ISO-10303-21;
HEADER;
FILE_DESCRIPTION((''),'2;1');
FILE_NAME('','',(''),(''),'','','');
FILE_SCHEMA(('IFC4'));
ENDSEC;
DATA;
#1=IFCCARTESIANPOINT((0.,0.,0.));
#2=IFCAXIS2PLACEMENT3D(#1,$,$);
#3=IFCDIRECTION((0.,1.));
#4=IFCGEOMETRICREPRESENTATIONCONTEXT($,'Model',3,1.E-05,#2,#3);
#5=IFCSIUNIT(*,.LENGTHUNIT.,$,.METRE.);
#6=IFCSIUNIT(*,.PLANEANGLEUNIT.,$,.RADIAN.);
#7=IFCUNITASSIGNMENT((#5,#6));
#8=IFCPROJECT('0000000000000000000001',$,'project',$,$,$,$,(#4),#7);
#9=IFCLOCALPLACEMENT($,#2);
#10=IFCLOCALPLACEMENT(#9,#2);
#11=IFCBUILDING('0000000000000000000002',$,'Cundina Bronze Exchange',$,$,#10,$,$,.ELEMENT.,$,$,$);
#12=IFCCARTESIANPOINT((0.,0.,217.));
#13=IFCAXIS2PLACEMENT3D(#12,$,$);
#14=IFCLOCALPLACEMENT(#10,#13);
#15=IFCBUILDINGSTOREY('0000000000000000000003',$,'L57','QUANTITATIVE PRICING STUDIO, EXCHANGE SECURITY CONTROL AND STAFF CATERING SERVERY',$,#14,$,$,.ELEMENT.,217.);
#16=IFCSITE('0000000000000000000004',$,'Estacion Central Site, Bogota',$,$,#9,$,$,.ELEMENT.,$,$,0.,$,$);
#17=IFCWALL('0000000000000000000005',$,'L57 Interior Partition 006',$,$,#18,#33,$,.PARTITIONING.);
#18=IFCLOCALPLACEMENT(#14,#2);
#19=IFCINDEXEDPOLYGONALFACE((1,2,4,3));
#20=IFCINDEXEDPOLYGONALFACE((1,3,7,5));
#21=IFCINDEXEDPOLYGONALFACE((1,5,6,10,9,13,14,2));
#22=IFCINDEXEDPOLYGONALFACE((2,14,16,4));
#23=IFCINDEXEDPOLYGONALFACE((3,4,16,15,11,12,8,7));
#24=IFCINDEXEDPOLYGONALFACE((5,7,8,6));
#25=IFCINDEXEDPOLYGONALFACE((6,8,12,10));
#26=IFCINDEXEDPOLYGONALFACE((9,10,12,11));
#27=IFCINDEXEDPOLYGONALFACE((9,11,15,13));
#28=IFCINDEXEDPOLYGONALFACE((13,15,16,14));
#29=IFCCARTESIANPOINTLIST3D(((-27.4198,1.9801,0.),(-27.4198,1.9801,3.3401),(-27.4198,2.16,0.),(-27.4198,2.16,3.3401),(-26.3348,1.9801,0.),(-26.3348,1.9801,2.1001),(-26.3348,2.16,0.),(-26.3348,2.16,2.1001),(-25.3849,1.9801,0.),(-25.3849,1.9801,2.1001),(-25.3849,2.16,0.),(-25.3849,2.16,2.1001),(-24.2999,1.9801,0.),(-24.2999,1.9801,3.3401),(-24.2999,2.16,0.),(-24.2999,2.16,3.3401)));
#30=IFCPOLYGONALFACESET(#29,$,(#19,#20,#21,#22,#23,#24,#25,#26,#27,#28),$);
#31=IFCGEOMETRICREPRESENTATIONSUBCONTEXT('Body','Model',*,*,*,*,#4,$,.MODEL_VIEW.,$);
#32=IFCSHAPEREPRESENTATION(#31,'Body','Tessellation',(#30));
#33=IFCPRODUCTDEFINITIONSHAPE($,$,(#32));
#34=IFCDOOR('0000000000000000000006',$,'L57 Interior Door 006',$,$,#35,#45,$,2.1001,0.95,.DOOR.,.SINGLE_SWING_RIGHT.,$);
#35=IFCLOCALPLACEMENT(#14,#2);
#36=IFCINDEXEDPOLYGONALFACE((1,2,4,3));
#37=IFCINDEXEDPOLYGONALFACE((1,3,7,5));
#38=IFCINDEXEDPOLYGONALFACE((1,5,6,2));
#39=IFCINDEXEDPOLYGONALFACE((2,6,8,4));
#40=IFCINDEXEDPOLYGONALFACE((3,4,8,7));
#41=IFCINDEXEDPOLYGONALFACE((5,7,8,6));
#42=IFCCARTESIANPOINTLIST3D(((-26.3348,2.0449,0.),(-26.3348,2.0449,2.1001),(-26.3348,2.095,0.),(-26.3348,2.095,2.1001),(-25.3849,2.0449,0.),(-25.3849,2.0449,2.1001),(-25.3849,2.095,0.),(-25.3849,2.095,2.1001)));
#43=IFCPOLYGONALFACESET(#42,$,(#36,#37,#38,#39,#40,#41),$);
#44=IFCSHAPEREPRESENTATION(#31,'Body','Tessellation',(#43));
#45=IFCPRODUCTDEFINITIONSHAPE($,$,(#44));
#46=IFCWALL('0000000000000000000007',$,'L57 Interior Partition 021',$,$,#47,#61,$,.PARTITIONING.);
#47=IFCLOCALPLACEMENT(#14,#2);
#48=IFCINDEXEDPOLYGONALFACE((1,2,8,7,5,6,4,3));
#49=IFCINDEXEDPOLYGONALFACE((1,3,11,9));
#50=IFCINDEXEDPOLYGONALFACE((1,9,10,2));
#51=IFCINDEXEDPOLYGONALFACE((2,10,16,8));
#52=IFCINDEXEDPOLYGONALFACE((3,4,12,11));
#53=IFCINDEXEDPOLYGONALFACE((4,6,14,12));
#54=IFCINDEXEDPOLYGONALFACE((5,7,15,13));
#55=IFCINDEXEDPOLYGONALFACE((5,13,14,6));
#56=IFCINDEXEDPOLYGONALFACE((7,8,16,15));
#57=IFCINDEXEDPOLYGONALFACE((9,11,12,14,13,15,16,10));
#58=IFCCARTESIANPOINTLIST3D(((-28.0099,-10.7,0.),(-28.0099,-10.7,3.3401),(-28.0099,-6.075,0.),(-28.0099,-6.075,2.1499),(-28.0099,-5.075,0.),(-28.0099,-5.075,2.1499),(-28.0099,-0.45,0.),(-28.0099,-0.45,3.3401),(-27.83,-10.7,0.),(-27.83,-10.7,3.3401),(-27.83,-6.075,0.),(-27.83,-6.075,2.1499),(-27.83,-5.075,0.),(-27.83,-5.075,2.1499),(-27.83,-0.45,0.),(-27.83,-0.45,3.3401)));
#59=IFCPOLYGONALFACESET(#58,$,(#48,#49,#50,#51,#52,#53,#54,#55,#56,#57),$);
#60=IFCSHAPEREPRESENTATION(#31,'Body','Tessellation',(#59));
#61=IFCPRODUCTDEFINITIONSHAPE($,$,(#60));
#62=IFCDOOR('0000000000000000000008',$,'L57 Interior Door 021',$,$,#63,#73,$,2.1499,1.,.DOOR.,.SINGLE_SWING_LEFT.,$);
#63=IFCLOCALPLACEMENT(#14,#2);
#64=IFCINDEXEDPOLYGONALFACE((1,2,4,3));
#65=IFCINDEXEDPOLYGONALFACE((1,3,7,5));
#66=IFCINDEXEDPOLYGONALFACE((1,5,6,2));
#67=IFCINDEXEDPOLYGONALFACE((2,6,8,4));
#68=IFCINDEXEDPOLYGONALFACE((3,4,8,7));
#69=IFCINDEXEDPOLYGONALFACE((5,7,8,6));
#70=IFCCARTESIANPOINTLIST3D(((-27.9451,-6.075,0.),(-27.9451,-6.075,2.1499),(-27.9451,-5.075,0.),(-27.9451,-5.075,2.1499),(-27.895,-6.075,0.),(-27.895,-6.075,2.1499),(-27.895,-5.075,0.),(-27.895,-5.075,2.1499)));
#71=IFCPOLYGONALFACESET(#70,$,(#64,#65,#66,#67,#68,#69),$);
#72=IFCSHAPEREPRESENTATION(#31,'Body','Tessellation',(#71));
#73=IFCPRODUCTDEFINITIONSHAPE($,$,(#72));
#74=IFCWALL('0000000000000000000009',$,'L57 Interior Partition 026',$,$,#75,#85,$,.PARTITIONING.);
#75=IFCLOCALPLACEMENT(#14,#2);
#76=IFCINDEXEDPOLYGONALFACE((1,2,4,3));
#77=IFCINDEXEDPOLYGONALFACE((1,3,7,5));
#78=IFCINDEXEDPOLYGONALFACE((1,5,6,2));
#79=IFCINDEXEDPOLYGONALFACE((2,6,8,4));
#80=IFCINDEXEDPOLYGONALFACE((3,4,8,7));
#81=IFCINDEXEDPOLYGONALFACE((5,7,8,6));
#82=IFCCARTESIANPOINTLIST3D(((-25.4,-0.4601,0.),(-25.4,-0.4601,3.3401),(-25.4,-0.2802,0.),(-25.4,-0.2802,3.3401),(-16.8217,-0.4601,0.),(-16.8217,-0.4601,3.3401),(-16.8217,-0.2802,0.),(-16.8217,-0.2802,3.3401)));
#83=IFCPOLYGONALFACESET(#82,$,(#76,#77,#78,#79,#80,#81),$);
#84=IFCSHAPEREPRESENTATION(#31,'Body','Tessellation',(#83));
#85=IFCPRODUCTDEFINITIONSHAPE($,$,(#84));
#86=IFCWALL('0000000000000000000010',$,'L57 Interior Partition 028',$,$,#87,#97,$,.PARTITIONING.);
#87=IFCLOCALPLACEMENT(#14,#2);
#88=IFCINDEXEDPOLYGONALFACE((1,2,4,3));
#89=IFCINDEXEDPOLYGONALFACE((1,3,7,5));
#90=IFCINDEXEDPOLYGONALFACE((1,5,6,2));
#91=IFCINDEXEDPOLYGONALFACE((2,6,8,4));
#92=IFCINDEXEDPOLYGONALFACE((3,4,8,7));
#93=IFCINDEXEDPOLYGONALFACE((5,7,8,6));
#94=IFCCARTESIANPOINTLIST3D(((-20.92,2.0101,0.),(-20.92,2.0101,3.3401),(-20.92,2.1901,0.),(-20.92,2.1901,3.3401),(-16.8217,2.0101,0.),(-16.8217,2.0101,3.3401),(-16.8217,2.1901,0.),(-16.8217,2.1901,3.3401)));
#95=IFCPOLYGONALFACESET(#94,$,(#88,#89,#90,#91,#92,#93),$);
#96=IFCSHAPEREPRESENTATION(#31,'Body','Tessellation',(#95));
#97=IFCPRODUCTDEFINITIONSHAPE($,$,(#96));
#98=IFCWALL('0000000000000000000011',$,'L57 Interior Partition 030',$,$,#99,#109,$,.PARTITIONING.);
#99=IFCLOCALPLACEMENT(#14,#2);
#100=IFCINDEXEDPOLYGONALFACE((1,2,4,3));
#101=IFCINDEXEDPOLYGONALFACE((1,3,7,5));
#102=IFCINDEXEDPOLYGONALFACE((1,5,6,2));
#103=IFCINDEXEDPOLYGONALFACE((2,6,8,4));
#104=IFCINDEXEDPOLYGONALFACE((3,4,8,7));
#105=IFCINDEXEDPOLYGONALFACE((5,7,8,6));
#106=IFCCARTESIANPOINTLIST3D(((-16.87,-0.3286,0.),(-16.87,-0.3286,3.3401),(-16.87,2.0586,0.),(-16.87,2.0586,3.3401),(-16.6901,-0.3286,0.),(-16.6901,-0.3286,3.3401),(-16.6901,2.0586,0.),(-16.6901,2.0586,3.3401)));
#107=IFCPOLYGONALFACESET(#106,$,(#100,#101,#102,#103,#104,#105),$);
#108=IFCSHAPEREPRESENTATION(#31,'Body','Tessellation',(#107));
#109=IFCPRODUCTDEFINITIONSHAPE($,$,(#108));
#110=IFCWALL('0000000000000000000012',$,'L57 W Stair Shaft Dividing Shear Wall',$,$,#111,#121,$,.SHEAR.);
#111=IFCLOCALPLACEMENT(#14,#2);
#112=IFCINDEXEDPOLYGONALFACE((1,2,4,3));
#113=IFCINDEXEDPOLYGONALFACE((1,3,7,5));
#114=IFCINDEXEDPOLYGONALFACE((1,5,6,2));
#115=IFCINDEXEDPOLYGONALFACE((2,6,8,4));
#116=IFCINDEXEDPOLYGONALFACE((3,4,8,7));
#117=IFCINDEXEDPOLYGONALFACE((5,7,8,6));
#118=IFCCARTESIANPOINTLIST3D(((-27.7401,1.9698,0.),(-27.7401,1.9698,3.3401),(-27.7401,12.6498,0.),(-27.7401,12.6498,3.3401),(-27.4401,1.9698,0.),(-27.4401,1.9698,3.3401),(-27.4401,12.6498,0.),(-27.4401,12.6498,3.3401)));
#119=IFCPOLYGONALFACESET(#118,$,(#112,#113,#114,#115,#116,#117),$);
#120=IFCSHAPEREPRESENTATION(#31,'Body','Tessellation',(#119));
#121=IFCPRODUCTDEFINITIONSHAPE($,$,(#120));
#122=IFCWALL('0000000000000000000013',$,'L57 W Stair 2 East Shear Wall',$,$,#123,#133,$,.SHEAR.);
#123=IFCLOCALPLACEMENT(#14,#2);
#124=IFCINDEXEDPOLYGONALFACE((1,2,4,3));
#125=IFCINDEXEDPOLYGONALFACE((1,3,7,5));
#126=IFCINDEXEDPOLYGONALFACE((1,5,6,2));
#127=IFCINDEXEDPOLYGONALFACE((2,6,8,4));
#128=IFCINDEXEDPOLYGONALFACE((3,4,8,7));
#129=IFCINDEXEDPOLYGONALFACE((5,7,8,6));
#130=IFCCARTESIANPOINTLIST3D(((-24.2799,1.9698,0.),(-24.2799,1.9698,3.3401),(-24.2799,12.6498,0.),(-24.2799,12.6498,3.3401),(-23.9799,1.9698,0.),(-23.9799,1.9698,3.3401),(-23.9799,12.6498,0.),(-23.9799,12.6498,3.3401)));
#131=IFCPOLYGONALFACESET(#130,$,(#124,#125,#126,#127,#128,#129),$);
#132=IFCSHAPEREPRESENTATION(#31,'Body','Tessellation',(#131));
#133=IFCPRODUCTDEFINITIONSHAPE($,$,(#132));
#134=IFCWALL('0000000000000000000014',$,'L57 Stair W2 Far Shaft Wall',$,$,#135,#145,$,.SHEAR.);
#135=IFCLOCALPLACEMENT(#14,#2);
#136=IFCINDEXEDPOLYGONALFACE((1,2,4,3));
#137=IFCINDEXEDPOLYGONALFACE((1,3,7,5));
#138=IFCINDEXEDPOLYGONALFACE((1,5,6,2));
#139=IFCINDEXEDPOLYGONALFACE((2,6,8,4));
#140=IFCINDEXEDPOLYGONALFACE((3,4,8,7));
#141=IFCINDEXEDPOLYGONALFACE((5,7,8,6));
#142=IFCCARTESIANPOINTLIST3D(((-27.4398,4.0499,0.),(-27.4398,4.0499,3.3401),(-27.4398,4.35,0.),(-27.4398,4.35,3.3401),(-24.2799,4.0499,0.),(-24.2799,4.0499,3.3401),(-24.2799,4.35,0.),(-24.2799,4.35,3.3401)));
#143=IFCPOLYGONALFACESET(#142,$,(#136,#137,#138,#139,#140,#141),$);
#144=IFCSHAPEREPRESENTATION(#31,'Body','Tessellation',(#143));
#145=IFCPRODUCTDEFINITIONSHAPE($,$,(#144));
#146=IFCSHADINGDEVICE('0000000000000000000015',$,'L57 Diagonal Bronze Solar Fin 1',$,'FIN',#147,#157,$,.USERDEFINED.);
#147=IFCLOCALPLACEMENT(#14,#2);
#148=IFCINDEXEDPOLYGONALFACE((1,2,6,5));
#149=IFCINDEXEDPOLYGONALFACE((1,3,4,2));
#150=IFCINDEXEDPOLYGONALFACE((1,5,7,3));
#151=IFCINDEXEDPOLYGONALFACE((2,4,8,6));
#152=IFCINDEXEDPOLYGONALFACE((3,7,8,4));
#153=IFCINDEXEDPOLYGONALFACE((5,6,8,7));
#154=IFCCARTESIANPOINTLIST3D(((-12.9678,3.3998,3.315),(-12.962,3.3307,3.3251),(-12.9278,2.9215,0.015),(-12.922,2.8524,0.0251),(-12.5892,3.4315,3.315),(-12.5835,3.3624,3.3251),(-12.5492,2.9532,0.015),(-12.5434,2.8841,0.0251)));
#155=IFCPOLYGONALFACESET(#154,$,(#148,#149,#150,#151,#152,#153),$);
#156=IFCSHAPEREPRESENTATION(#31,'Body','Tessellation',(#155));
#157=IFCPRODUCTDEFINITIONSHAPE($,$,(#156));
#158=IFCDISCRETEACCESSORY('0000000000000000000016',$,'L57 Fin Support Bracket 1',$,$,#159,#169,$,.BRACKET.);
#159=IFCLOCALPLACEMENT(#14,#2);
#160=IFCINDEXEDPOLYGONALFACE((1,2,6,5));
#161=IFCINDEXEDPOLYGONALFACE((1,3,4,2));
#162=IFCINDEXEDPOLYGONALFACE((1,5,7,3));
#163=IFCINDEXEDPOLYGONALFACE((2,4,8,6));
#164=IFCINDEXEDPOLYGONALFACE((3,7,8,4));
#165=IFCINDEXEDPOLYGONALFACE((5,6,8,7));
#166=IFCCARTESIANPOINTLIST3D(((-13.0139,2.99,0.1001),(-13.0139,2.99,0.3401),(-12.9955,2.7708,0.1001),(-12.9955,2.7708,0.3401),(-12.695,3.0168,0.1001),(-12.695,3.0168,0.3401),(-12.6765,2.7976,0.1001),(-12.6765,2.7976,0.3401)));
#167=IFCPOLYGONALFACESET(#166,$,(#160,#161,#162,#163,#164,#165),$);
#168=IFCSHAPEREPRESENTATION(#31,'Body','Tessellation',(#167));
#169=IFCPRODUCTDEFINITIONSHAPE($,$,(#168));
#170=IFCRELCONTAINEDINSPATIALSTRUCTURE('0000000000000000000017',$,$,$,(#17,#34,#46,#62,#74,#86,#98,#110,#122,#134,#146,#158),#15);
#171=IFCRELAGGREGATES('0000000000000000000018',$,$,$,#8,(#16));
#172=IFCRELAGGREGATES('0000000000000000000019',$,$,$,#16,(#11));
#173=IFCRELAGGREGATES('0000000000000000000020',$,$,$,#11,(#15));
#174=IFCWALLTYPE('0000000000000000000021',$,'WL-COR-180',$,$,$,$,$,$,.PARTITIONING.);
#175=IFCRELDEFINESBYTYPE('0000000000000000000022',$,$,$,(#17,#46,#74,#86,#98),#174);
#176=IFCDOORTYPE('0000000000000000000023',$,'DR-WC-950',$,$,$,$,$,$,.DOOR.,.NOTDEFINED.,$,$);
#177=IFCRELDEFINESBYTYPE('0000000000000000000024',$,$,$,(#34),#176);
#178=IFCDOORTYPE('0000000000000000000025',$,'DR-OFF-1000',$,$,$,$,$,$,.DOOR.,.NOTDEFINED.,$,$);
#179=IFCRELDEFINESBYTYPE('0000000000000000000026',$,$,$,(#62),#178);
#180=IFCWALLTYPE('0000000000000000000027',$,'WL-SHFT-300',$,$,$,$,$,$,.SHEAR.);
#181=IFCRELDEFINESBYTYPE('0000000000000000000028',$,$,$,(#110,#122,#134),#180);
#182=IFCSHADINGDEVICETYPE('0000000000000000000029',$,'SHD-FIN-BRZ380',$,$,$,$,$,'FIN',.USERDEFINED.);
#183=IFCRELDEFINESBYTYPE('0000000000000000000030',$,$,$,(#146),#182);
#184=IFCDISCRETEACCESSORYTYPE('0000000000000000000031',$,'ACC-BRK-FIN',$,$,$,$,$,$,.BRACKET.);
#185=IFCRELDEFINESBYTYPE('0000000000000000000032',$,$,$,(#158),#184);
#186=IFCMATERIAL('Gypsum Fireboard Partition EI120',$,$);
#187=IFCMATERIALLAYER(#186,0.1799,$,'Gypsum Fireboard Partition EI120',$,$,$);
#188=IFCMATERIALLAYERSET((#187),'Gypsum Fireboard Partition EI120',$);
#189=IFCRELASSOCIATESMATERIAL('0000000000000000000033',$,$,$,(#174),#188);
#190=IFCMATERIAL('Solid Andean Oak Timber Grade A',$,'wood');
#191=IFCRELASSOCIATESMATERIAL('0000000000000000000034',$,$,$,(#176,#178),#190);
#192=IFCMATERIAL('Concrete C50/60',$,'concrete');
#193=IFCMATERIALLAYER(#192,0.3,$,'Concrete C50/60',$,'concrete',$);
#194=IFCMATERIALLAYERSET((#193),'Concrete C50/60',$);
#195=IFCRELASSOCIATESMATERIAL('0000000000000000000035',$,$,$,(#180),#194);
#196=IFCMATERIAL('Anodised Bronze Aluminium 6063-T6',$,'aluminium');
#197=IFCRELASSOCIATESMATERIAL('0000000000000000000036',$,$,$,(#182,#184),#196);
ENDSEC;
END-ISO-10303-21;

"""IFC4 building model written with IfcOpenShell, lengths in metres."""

from ifc_helpers import new_model, si_unit, direction, frame, frame_2d, origin, origin_2d, place, context, subcontext, project, spatial, rectangle, extrude, material, layer, layer_set, material_profile, profile_set, type_object, element, fill, save


model = new_model("IFC4")

# Units and contexts
model_context = context("Model", 3, precision=1e-05, world=origin(), true_north=direction((0.0, 1.0)))
body_context = subcontext(model_context, "Body", "Model", "MODEL_VIEW")
ifc_project = project(units=[si_unit("LENGTHUNIT", "METRE"), si_unit("PLANEANGLEUNIT", "RADIAN")], contexts=[model_context])

# Site, building, storey
site_placement = place(None, origin())
site = spatial("IfcSite", under=ifc_project, at=site_placement, Name="Estacion Central Site, Bogota", CompositionType="ELEMENT", RefElevation=0.0)
building_placement = place(site_placement, origin())
building = spatial("IfcBuilding", under=site, at=building_placement, Name="Cundina Bronze Exchange", CompositionType="ELEMENT")
storey_placement = place(building_placement, frame((0.0, 0.0, 217.0)))
storey = spatial("IfcBuildingStorey", under=building, at=storey_placement, Name="L57", Description="QUANTITATIVE PRICING STUDIO, EXCHANGE SECURITY CONTROL AND STAFF CATERING SERVERY", CompositionType="ELEMENT", Elevation=217.0)

# Shared definitions
ifc_material_1 = material(Name="Concrete C50/60", Category="concrete")

# Shared definitions
ifc_material_2 = material(Name="Anodised Bronze Aluminium 6063-T6", Category="aluminium")

# Shared definitions
ifc_material_3 = material(Name="Gypsum Fireboard Partition EI120")
ifc_layer_1 = layer(ifc_material_3, 0.1799, Name="Gypsum Fireboard Partition EI120")
ifc_layer_set_1 = layer_set([ifc_layer_1], Name="Gypsum Fireboard Partition EI120")
wall_type_1 = type_object("IfcWallType", Name="WL-COR-180", PredefinedType="PARTITIONING", material=ifc_layer_set_1)

# Walls, openings, doors
wall_1_placement = place(storey_placement, frame((-27.4199, 2.0701, 0.0), z_axis=(0.0, 0.0, 1.0), x_axis=(1.0, 0.0, 0.0)))
wall_1 = element("IfcWall", 1, at=wall_1_placement, inside=storey, type_object=wall_type_1, Name="L57 Interior Partition 006", PredefinedType="PARTITIONING", context=body_context, shape_type="SweptSolid", body=[
    extrude(rectangle(XDim=3.1199, YDim=0.1799, at=frame_2d((1.5601, 0.0))), origin(), (0.0, 0.0, 1.0), 3.3401),
])
opening_1_placement = place(wall_1_placement, frame((1.085, 0.0, 0.0)))
opening_1 = element("IfcOpeningElement", 2, at=opening_1_placement, cuts=wall_1, PredefinedType="OPENING", context=body_context, shape_type="SweptSolid", body=[
    extrude(rectangle(XDim=0.95, YDim=2.1001, at=frame_2d((0.4751, 1.05))), frame((0.0, 0.0999, 0.0), z_axis=(0.0, -1.0, 0.0), x_axis=(1.0, 0.0, 0.0)), (0.0, 0.0, 1.0), 0.2),
])
ifc_material_4 = material(Name="Solid Andean Oak Timber Grade A", Category="wood")
door_type_1 = type_object("IfcDoorType", Name="DR-WC-950", OperationType="NOTDEFINED", PredefinedType="DOOR", material=ifc_material_4)
door_1_placement = place(opening_1_placement, origin())
door_1 = element("IfcDoor", 3, at=door_1_placement, inside=storey, type_object=door_type_1, Name="L57 Interior Door 006", OperationType="SINGLE_SWING_RIGHT", OverallHeight=2.1001, OverallWidth=0.95, PredefinedType="DOOR", context=body_context, shape_type="SweptSolid", body=[
    extrude(rectangle(XDim=0.95, YDim=2.1001, at=frame_2d((0.4751, 1.05))), frame((0.0, 0.0249, 0.0), z_axis=(0.0, -1.0, 0.0), x_axis=(1.0, 0.0, 0.0)), (0.0, 0.0, 1.0), 0.05),
])
fill(opening_1, door_1)
wall_2_placement = place(storey_placement, frame((-27.9199, -0.45, 0.0), z_axis=(0.0, 0.0, 1.0), x_axis=(0.0, -1.0, 0.0)))
wall_2 = element("IfcWall", 4, at=wall_2_placement, inside=storey, type_object=wall_type_1, Name="L57 Interior Partition 021", PredefinedType="PARTITIONING", context=body_context, shape_type="SweptSolid", body=[
    extrude(rectangle(XDim=10.25, YDim=0.1799, at=frame_2d((5.125, 0.0))), origin(), (0.0, 0.0, 1.0), 3.3401),
])
opening_2_placement = place(wall_2_placement, frame((4.625, 0.0, 0.0)))
opening_2 = element("IfcOpeningElement", 5, at=opening_2_placement, cuts=wall_2, PredefinedType="OPENING", context=body_context, shape_type="SweptSolid", body=[
    extrude(rectangle(XDim=1.0, YDim=2.1499, at=frame_2d((0.5, 1.075))), frame((0.0, 0.0999, 0.0), z_axis=(0.0, -1.0, 0.0), x_axis=(1.0, 0.0, 0.0)), (0.0, 0.0, 1.0), 0.2),
])
door_type_2 = type_object("IfcDoorType", Name="DR-OFF-1000", OperationType="NOTDEFINED", PredefinedType="DOOR", material=ifc_material_4)
door_2_placement = place(opening_2_placement, origin())
door_2 = element("IfcDoor", 6, at=door_2_placement, inside=storey, type_object=door_type_2, Name="L57 Interior Door 021", OperationType="SINGLE_SWING_LEFT", OverallHeight=2.1499, OverallWidth=1.0, PredefinedType="DOOR", context=body_context, shape_type="SweptSolid", body=[
    extrude(rectangle(XDim=1.0, YDim=2.1499, at=frame_2d((0.5, 1.075))), frame((0.0, 0.0249, 0.0), z_axis=(0.0, -1.0, 0.0), x_axis=(1.0, 0.0, 0.0)), (0.0, 0.0, 1.0), 0.05),
])
fill(opening_2, door_2)

# Walls
wall_3_placement = place(storey_placement, frame((-25.3999, -0.3701, 0.0), z_axis=(0.0, 0.0, 1.0), x_axis=(1.0, 0.0, 0.0)))
element("IfcWall", 7, at=wall_3_placement, inside=storey, type_object=wall_type_1, Name="L57 Interior Partition 026", PredefinedType="PARTITIONING", context=body_context, shape_type="SweptSolid", body=[
    extrude(rectangle(XDim=8.5784, YDim=0.1799, at=frame_2d((4.2891, 0.0))), origin(), (0.0, 0.0, 1.0), 3.3401),
])
wall_4_placement = place(storey_placement, frame((-16.8215, 2.1001, 0.0), z_axis=(0.0, 0.0, 1.0), x_axis=(-1.0, 0.0, 0.0)))
element("IfcWall", 8, at=wall_4_placement, inside=storey, type_object=wall_type_1, Name="L57 Interior Partition 028", PredefinedType="PARTITIONING", context=body_context, shape_type="SweptSolid", body=[
    extrude(rectangle(XDim=4.0984, YDim=0.1799, at=frame_2d((2.0493, 0.0))), origin(), (0.0, 0.0, 1.0), 3.3401),
])
wall_5_placement = place(storey_placement, frame((-16.78, -0.3286, 0.0), z_axis=(0.0, 0.0, 1.0), x_axis=(0.0, 1.0, 0.0)))
element("IfcWall", 9, at=wall_5_placement, inside=storey, type_object=wall_type_1, Name="L57 Interior Partition 030", PredefinedType="PARTITIONING", context=body_context, shape_type="SweptSolid", body=[
    extrude(rectangle(XDim=2.3872, YDim=0.1799, at=frame_2d((1.1936, 0.0))), origin(), (0.0, 0.0, 1.0), 3.3401),
])
ifc_layer_2 = layer(ifc_material_1, 0.3, Name="Concrete C50/60", Category="concrete")
ifc_layer_set_2 = layer_set([ifc_layer_2], Name="Concrete C50/60")
wall_type_2 = type_object("IfcWallType", Name="WL-SHFT-300", PredefinedType="SHEAR", material=ifc_layer_set_2)
for number, where, z_axis, x_axis, name in (
    (10, (-27.5901, 1.97, 0.0), (0.0, 0.0, 1.0), (0.0, 1.0, 0.0), "L57 W Stair Shaft Dividing Shear Wall"),
    (11, (-24.1299, 1.97, 0.0), (0.0, 0.0, 1.0), (0.0, 1.0, 0.0), "L57 W Stair 2 East Shear Wall"),
):
    element("IfcWall", number, at=place(storey_placement, frame(where, z_axis=z_axis, x_axis=x_axis)), inside=storey, type_object=wall_type_2, Name=name, PredefinedType="SHEAR", context=body_context, shape_type="SweptSolid", body=[
        extrude(rectangle(XDim=10.6799, YDim=0.3, at=frame_2d((5.3398, 0.0))), origin(), (0.0, 0.0, 1.0), 3.3401),
    ])
wall_6_placement = place(storey_placement, frame((-27.4399, 4.2, 0.0), z_axis=(0.0, 0.0, 1.0), x_axis=(1.0, 0.0, 0.0)))
element("IfcWall", 12, at=wall_6_placement, inside=storey, type_object=wall_type_2, Name="L57 Stair W2 Far Shaft Wall", PredefinedType="SHEAR", context=body_context, shape_type="SweptSolid", body=[
    extrude(rectangle(XDim=3.1599, YDim=0.3, at=frame_2d((1.5801, 0.0))), origin(), (0.0, 0.0, 1.0), 3.3401),
])

# Shading device
ifc_material_profile_1 = material_profile(ifc_material_2, rectangle(XDim=0.0701, YDim=0.3799, at=origin_2d()), Name="FIN70X380", Category="aluminium")
ifc_profile_set_1 = profile_set([ifc_material_profile_1], Name="Anodised Bronze Aluminium 6063-T6")
shading_device_type = type_object("IfcShadingDeviceType", Name="SHD-FIN-BRZ380", ElementType="FIN", PredefinedType="USERDEFINED", material=ifc_profile_set_1)
shading_device_placement = place(storey_placement, frame((-12.7356, 2.9028, 0.02), z_axis=(-0.012007, 0.14342, 0.989589), x_axis=(0.082556, -0.98614, 0.143921)))
element("IfcShadingDevice", 13, at=shading_device_placement, inside=storey, type_object=shading_device_type, Name="L57 Diagonal Bronze Solar Fin 1", ObjectType="FIN", PredefinedType="USERDEFINED", context=body_context, shape_type="SweptSolid", body=[
    extrude(rectangle(XDim=0.0701, YDim=0.3799, at=origin_2d()), origin(), (0.0, 0.0, 1.0), 3.3347),
])

# Discrete accessory
discrete_accessory_type = type_object("IfcDiscreteAccessoryType", Name="ACC-BRK-FIN", PredefinedType="BRACKET", material=ifc_material_2)
discrete_accessory_placement = place(storey_placement, frame((-12.8452, 2.8938, 0.1001), z_axis=(0.0, 0.0, 1.0), x_axis=(-0.083747, 0.996487, 0.0)))
element("IfcDiscreteAccessory", 14, at=discrete_accessory_placement, inside=storey, type_object=discrete_accessory_type, Name="L57 Fin Support Bracket 1", PredefinedType="BRACKET", context=body_context, shape_type="SweptSolid", body=[
    extrude(rectangle(XDim=0.22, YDim=0.3201, at=origin_2d()), origin(), (0.0, 0.0, 1.0), 0.24),
])

save(model, "model.ifc")
